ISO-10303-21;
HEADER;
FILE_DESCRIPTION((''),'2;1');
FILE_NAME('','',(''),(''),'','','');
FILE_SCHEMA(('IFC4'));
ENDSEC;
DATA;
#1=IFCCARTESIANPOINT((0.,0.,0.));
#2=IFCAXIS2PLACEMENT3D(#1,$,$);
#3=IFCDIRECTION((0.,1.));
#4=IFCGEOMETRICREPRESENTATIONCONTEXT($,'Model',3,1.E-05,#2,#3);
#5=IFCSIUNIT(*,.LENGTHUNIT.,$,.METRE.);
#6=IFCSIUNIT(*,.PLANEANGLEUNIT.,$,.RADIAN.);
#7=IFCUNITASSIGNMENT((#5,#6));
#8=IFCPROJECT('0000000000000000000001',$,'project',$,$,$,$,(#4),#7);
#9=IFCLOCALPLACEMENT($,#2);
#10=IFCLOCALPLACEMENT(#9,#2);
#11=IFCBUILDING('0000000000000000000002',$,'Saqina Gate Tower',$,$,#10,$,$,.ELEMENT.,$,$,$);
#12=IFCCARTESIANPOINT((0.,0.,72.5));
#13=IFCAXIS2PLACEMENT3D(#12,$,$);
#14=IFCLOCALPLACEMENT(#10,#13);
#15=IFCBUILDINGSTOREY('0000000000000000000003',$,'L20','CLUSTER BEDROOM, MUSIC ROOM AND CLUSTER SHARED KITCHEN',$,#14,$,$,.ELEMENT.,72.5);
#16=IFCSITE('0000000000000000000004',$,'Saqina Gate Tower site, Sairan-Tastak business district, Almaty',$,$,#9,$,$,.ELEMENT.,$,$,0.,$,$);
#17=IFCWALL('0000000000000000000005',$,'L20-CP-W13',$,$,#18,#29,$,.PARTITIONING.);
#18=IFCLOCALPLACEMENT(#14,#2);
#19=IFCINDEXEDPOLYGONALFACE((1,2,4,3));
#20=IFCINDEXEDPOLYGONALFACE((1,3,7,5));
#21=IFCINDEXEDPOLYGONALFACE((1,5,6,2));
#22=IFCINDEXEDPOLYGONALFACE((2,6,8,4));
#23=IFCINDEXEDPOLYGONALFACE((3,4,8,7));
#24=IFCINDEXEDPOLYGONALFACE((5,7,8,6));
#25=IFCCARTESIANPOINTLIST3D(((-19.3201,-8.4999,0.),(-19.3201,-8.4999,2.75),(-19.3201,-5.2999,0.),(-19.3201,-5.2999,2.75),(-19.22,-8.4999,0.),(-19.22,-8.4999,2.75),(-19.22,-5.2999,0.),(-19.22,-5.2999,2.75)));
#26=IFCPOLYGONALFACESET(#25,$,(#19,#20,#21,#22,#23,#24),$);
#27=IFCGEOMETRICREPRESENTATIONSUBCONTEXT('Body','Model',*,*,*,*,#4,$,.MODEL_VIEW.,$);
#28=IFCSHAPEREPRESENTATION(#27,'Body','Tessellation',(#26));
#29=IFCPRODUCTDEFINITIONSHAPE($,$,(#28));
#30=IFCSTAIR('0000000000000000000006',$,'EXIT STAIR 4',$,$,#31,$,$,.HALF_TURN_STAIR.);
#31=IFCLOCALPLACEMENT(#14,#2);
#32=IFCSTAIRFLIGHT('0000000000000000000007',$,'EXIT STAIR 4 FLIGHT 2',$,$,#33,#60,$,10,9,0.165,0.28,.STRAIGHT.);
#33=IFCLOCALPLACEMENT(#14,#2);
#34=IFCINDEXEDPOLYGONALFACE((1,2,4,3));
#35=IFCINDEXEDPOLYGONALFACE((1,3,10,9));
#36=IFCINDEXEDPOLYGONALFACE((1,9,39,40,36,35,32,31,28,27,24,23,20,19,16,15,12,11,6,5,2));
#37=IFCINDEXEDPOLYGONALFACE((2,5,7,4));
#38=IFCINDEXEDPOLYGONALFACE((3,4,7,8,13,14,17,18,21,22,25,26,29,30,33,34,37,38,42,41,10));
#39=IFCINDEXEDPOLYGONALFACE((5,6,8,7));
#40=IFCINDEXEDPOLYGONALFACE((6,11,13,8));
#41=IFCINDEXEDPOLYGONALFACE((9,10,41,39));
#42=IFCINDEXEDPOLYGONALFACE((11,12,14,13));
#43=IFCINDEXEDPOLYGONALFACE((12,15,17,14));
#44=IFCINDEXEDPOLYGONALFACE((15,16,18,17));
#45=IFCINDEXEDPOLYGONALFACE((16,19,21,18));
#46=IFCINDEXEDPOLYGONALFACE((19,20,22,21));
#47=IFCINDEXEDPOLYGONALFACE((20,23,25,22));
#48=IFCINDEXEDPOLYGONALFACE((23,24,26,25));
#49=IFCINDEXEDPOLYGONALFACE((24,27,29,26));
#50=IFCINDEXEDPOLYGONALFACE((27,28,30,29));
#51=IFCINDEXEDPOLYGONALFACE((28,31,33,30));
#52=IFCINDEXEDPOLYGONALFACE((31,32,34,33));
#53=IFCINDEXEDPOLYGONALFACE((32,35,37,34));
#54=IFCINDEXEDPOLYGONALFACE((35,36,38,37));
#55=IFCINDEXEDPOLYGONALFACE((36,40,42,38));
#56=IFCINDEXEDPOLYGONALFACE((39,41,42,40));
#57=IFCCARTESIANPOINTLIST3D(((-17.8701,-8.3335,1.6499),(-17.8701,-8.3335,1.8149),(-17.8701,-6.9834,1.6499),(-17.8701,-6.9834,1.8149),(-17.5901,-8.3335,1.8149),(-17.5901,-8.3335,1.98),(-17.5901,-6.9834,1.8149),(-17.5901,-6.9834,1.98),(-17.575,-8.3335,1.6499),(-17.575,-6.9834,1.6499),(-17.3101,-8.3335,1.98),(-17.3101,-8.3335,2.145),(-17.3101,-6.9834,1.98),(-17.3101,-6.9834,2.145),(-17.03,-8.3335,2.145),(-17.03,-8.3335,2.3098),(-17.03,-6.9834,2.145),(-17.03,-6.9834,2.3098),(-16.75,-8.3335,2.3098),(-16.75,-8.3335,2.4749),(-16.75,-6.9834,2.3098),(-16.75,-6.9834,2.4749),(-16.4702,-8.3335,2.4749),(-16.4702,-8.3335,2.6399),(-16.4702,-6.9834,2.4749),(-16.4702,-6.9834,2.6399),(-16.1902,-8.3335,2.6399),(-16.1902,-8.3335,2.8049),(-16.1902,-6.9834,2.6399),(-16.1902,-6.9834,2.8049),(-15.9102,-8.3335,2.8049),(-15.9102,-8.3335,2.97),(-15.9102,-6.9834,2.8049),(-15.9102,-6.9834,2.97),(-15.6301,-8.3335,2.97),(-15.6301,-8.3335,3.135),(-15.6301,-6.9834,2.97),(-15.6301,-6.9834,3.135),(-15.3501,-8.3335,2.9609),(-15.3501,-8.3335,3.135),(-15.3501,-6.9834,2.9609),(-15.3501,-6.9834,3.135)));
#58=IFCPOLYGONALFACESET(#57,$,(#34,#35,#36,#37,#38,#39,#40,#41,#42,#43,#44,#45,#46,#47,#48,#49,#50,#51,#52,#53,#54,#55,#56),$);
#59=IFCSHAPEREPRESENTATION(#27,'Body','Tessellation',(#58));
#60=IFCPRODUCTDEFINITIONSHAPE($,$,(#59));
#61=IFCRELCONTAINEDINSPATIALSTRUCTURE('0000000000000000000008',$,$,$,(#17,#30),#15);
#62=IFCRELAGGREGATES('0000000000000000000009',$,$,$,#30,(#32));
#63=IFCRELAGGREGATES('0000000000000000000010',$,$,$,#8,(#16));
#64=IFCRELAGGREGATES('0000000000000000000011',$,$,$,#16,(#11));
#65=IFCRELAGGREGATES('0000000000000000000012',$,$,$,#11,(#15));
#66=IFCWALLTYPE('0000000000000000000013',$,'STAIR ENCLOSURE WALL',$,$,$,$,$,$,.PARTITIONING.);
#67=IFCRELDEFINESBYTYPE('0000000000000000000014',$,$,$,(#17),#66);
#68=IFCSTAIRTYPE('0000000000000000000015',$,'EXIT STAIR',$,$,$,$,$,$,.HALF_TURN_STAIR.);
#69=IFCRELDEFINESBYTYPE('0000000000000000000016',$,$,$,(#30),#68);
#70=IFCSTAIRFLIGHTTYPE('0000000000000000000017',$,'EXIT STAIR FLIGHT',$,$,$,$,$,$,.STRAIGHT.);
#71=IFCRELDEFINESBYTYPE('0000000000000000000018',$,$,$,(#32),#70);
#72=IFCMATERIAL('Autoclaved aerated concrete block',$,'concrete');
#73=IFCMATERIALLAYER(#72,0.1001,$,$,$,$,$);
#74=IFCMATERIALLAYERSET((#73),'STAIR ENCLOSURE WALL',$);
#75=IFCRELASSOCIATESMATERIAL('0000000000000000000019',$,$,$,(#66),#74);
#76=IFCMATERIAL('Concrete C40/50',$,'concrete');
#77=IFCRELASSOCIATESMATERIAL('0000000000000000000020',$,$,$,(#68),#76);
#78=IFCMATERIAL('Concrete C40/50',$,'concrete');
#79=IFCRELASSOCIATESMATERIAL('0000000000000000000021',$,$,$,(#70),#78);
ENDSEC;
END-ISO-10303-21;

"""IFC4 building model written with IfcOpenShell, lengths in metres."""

from ifc_helpers import new_model, si_unit, direction, frame, frame_2d, origin, place, context, subcontext, project, spatial, polyline, rectangle, outline, extrude, material, layer, layer_set, type_object, element, aggregate, save


model = new_model("IFC4")

# Units and contexts
model_context = context("Model", 3, precision=1e-05, world=origin(), true_north=direction((0.0, 1.0)))
body_context = subcontext(model_context, "Body", "Model", "MODEL_VIEW")
ifc_project = project(units=[si_unit("LENGTHUNIT", "METRE"), si_unit("PLANEANGLEUNIT", "RADIAN")], contexts=[model_context])

# Site, building, storey
site_placement = place(None, origin())
site = spatial("IfcSite", under=ifc_project, at=site_placement, Name="Saqina Gate Tower site, Sairan-Tastak business district, Almaty", CompositionType="ELEMENT", RefElevation=0.0)
building_placement = place(site_placement, origin())
building = spatial("IfcBuilding", under=site, at=building_placement, Name="Saqina Gate Tower", CompositionType="ELEMENT")
storey_placement = place(building_placement, frame((0.0, 0.0, 72.5)))
storey = spatial("IfcBuildingStorey", under=building, at=storey_placement, Name="L20", Description="CLUSTER BEDROOM, MUSIC ROOM AND CLUSTER SHARED KITCHEN", CompositionType="ELEMENT", Elevation=72.5)

# Wall
ifc_material_1 = material(Name="Autoclaved aerated concrete block", Category="concrete")
ifc_layer_1 = layer(ifc_material_1, 0.1001)
ifc_layer_set_1 = layer_set([ifc_layer_1], Name="STAIR ENCLOSURE WALL")
wall_type_1 = type_object("IfcWallType", Name="STAIR ENCLOSURE WALL", PredefinedType="PARTITIONING", material=ifc_layer_set_1)
wall_1_placement = place(storey_placement, frame((-19.27, -8.5, 0.0), z_axis=(0.0, 0.0, 1.0), x_axis=(0.0, 1.0, 0.0)))
element("IfcWall", 1, at=wall_1_placement, inside=storey, type_object=wall_type_1, Name="L20-CP-W13", PredefinedType="PARTITIONING", context=body_context, shape_type="SweptSolid", body=[
    extrude(rectangle(XDim=3.2, YDim=0.1001, at=frame_2d((1.6001, 0.0))), origin(), (0.0, 0.0, 1.0), 2.75),
])

# Stair, stair flight
ifc_material_2 = material(Name="Concrete C40/50", Category="concrete")
stair_type = type_object("IfcStairType", Name="EXIT STAIR", PredefinedType="HALF_TURN_STAIR", material=ifc_material_2)
stair_placement = place(storey_placement, origin())
stair = element("IfcStair", 2, at=stair_placement, inside=storey, type_object=stair_type, Name="EXIT STAIR 4", PredefinedType="HALF_TURN_STAIR")
ifc_material_3 = material(Name="Concrete C40/50", Category="concrete")
stair_flight_type = type_object("IfcStairFlightType", Name="EXIT STAIR FLIGHT", PredefinedType="STRAIGHT", material=ifc_material_3)
stair_flight_placement = place(storey_placement, frame((-17.8701, -7.6584, 1.6499), z_axis=(0.0, 0.0, 1.0), x_axis=(1.0, 0.0, 0.0)))
stair_flight = element("IfcStairFlight", 3, at=stair_flight_placement, type_object=stair_flight_type, Name="EXIT STAIR 4 FLIGHT 2", NumberOfRisers=10, NumberOfTreads=9, PredefinedType="STRAIGHT", RiserHeight=0.165, TreadLength=0.28, context=body_context, shape_type="SweptSolid", body=[
    extrude(outline(polyline([(0.0, 0.0), (0.0, 0.165), (0.28, 0.165), (0.28, 0.3301), (0.5601, 0.3301), (0.5601, 0.4951), (0.8401, 0.4951), (0.8401, 0.6599), (1.1201, 0.6599), (1.1201, 0.825), (1.3999, 0.825), (1.3999, 0.99), (1.6799, 0.99), (1.6799, 1.155), (1.96, 1.155), (1.96, 1.3201), (2.24, 1.3201), (2.24, 1.4851), (2.52, 1.4851), (2.52, 1.6499), (2.52, 1.311), (0.2952, 0.0), (0.0, 0.0)])), frame((0.0, 0.675, 0.0), z_axis=(0.0, -1.0, 0.0), x_axis=(1.0, 0.0, 0.0)), (0.0, 0.0, 1.0), 1.3501),
])
aggregate(stair, [stair_flight])

save(model, "model.ifc")
